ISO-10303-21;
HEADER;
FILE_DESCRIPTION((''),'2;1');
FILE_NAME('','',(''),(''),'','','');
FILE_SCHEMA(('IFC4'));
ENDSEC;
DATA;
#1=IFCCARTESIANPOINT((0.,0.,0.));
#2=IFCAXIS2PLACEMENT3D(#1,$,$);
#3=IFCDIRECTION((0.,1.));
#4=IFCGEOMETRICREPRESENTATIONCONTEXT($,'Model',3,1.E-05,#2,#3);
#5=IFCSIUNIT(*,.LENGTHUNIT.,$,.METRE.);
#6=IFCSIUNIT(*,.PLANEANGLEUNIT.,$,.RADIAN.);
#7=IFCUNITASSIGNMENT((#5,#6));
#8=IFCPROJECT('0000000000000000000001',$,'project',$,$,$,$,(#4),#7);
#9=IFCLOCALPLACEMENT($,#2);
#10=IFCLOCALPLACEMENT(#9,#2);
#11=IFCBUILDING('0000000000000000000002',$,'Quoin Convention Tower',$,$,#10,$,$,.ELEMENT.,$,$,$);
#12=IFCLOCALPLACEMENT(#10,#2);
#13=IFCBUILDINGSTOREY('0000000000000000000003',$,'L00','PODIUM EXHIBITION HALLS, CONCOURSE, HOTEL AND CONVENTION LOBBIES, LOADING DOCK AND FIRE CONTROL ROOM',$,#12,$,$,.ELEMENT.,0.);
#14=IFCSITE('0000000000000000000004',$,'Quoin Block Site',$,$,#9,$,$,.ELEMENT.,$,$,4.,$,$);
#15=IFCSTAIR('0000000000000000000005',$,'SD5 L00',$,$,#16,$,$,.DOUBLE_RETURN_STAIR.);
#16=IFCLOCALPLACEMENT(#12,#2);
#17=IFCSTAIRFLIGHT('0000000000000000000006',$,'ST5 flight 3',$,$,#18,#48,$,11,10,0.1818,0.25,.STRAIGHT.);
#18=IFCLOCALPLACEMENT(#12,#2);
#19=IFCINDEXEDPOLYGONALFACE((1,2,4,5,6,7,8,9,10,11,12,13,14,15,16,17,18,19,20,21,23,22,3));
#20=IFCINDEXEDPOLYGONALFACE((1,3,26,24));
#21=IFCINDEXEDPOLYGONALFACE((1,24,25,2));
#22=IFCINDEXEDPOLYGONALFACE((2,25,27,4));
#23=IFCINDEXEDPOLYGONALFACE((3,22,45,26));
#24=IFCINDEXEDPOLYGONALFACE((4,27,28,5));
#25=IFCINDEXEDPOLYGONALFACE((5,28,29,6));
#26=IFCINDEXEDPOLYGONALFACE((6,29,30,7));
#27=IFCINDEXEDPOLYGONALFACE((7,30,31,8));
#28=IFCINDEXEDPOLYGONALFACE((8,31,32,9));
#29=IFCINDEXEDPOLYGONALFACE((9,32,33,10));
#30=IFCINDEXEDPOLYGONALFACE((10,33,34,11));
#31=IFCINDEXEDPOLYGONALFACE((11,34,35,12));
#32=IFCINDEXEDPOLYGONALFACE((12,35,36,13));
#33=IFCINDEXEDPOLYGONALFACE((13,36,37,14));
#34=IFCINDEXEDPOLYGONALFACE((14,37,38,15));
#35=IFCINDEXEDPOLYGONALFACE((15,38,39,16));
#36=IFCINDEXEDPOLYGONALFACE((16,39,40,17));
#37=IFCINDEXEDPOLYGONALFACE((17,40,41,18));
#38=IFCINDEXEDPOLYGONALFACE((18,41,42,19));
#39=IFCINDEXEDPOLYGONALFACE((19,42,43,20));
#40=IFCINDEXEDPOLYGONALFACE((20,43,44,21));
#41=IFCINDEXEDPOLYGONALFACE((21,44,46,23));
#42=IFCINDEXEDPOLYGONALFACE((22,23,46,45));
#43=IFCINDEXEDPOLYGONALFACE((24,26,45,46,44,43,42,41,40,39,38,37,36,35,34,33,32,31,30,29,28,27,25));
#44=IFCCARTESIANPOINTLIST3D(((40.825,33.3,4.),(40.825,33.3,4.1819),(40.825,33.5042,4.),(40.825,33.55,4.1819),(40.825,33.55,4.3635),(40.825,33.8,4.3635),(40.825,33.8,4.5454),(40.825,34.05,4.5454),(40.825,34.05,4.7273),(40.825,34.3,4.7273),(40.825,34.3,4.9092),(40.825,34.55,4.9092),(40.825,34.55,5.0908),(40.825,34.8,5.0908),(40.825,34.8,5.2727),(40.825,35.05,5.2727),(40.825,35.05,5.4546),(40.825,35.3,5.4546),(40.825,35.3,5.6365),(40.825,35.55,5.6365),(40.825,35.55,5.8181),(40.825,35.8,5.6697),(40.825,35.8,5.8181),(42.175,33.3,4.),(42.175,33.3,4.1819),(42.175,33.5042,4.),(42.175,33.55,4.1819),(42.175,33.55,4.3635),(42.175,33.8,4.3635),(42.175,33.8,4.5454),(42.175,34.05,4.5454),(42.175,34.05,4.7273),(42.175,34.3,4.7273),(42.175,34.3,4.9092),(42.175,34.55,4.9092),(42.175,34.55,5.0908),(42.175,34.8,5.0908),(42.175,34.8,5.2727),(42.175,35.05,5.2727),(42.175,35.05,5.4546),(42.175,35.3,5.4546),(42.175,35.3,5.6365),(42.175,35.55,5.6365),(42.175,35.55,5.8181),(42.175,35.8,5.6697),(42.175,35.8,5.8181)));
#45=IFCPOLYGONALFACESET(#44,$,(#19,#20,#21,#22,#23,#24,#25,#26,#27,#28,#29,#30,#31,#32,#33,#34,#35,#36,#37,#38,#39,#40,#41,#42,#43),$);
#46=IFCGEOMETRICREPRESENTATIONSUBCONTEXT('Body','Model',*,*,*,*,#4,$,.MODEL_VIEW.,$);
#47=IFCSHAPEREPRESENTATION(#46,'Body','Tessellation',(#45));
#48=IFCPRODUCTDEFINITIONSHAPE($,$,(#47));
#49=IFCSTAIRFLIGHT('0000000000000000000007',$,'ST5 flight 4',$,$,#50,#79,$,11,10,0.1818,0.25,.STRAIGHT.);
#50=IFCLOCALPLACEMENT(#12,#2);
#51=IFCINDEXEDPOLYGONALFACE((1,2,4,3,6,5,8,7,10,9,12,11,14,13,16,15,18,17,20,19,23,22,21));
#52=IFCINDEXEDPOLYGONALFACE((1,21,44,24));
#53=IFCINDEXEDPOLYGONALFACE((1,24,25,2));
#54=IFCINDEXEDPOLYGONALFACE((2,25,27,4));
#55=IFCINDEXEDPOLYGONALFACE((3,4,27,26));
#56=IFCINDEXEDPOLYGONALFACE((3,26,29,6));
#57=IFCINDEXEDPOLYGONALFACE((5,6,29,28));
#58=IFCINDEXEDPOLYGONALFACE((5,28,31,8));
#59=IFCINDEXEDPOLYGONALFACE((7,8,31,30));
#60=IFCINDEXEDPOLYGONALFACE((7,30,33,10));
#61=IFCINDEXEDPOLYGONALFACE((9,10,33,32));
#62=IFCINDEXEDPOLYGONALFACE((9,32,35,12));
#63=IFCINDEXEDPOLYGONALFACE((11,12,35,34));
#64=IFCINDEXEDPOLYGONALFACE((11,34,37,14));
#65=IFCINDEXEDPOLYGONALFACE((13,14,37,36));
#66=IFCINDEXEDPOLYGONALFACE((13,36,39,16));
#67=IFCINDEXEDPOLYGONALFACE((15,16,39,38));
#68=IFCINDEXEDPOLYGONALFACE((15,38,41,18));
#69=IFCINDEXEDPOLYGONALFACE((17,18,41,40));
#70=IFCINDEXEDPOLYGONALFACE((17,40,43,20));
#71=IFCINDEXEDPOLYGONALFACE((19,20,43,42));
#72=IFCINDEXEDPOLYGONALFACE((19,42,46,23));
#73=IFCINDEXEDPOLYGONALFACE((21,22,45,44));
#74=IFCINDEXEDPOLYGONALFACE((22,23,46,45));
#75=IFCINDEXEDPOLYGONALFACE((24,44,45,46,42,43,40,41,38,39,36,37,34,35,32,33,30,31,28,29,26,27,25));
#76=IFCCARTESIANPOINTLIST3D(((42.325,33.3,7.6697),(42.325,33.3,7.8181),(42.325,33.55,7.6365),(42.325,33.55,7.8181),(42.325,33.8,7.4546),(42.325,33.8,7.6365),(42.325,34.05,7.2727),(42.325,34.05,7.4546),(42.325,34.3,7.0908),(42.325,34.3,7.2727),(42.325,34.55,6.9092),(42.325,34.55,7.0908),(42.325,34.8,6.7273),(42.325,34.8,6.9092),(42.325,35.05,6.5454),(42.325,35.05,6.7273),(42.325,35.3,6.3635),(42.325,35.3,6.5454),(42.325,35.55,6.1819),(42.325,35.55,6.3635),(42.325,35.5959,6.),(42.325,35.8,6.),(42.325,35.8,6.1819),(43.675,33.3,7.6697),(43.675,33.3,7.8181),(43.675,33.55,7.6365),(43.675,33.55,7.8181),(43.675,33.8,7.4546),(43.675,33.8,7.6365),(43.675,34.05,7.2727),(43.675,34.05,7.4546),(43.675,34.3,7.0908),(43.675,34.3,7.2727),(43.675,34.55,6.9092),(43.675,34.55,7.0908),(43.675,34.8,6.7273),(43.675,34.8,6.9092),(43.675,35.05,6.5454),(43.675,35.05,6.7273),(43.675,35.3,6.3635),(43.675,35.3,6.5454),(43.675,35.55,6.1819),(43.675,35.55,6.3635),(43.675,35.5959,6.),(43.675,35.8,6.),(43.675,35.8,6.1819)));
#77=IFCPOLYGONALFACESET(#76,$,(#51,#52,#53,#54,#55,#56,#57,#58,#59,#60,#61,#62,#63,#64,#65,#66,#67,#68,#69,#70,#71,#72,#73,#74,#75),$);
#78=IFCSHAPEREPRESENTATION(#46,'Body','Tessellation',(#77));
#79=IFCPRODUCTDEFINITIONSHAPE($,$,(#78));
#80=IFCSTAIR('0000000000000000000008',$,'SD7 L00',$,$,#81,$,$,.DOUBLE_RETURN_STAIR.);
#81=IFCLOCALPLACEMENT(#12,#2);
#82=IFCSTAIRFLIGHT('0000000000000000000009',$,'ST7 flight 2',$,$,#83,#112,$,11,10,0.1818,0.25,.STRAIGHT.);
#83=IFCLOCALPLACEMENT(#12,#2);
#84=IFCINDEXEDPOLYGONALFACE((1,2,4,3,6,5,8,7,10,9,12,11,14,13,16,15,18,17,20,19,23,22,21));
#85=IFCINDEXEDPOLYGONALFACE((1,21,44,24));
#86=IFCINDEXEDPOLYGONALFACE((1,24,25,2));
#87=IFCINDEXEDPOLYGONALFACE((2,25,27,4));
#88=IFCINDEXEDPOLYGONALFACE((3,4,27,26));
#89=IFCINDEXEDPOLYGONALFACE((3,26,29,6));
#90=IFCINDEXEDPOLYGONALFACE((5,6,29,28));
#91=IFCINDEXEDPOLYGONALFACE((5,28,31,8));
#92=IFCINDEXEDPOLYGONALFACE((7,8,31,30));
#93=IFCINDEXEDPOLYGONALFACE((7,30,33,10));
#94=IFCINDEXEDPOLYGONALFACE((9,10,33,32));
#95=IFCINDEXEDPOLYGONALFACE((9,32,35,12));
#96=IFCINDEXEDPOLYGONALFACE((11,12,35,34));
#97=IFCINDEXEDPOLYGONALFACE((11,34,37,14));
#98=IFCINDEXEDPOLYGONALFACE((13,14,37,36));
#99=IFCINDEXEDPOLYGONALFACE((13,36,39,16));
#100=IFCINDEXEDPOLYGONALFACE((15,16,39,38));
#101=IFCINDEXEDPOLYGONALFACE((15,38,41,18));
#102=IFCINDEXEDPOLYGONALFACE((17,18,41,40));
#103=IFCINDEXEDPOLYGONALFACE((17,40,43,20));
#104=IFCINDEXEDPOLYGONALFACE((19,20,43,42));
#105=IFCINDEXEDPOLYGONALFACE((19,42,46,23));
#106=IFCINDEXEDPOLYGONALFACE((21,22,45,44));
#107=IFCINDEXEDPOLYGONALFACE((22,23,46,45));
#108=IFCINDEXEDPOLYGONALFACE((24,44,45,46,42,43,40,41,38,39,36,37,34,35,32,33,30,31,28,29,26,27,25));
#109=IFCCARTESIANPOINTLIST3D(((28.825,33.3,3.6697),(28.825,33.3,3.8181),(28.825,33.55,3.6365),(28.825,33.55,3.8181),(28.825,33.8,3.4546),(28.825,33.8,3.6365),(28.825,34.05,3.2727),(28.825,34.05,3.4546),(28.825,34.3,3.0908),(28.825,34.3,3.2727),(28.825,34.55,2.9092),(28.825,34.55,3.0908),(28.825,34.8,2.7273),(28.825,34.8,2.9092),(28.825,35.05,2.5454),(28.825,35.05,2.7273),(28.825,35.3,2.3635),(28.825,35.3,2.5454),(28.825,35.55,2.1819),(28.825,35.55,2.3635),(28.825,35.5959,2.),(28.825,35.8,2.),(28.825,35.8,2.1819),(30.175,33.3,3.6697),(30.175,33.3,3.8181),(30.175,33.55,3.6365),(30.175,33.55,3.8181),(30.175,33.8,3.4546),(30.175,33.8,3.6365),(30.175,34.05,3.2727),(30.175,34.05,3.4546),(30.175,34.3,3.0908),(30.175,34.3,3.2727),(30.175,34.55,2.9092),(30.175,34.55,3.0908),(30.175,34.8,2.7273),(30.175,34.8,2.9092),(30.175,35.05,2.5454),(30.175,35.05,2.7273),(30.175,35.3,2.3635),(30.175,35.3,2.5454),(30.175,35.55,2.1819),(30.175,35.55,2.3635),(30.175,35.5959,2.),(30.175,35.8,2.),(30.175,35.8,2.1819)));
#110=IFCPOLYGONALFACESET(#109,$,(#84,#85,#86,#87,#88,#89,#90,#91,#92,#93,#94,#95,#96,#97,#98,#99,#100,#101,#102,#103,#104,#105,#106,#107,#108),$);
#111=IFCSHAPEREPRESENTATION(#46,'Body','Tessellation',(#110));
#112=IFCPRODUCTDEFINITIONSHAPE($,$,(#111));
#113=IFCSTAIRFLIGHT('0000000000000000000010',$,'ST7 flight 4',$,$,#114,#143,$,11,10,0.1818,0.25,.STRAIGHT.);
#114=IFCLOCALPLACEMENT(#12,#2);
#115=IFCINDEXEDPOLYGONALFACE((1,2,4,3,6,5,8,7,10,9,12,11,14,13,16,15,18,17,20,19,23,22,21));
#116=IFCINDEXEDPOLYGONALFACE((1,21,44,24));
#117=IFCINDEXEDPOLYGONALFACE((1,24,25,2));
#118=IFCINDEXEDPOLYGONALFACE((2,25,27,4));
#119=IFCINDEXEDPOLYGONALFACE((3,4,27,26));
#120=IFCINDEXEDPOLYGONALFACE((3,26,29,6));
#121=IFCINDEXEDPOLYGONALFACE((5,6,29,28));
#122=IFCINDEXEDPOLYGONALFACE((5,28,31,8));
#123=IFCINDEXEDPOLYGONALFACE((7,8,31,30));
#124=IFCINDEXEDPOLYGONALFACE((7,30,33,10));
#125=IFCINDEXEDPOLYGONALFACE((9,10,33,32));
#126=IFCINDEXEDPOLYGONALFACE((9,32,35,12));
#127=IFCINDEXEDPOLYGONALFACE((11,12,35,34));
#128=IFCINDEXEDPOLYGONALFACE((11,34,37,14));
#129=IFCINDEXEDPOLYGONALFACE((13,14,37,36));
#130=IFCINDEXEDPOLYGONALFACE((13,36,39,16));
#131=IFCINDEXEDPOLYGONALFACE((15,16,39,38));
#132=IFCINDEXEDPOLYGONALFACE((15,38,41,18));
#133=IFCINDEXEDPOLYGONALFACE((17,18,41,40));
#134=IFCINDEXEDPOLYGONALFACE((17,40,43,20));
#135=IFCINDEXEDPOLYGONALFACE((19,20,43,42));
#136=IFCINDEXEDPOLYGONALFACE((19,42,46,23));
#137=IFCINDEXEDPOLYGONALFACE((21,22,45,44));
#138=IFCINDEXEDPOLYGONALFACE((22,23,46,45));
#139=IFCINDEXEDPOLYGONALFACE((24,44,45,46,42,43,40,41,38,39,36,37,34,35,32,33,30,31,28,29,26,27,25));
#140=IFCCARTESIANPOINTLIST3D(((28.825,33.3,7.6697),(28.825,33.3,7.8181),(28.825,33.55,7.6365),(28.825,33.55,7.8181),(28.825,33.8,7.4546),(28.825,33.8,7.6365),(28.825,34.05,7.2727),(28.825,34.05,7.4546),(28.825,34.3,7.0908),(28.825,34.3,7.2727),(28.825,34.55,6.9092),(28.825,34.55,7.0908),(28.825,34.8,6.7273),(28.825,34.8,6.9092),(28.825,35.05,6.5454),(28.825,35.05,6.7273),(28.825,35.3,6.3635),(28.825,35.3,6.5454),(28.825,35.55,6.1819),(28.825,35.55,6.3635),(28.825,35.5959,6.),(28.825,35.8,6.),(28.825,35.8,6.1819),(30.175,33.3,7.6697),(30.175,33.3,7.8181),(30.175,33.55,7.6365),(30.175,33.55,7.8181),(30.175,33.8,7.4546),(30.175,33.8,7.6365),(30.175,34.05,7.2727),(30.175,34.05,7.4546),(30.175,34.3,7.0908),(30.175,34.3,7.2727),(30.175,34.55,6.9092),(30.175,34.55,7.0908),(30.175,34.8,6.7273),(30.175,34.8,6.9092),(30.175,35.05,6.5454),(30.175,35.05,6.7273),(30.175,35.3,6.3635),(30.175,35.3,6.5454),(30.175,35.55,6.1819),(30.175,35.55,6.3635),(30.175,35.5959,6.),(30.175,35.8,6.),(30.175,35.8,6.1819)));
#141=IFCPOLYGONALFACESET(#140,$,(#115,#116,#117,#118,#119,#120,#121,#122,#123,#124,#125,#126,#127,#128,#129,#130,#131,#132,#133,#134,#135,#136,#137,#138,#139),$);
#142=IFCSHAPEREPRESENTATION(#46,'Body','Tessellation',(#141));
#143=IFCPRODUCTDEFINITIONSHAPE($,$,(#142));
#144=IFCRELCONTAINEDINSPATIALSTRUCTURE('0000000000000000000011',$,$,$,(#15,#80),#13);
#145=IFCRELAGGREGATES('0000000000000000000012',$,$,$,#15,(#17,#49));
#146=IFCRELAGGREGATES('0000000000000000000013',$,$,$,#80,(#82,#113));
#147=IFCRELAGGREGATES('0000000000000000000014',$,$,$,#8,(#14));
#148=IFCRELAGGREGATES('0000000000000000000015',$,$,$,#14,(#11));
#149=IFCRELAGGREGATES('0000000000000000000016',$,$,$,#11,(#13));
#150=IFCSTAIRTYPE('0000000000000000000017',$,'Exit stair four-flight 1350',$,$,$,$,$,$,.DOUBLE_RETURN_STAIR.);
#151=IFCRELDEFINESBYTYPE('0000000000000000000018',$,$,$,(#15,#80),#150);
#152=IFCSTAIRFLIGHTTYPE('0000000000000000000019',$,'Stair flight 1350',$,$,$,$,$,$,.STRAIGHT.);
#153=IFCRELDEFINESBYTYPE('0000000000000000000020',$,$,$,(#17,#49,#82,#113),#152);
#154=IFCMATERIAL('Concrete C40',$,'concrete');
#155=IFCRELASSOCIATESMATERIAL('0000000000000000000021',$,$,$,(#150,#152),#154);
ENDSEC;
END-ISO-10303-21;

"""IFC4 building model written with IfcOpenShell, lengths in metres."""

from ifc_helpers import new_model, si_unit, direction, frame, origin, place, context, subcontext, project, spatial, polyline, outline, extrude, material, type_object, element, aggregate, save


model = new_model("IFC4")

# Units and contexts
model_context = context("Model", 3, precision=1e-05, world=origin(), true_north=direction((0.0, 1.0)))
body_context = subcontext(model_context, "Body", "Model", "MODEL_VIEW")
ifc_project = project(units=[si_unit("LENGTHUNIT", "METRE"), si_unit("PLANEANGLEUNIT", "RADIAN")], contexts=[model_context])

# Site, building, storey
site_placement = place(None, origin())
site = spatial("IfcSite", under=ifc_project, at=site_placement, Name="Quoin Block Site", CompositionType="ELEMENT", RefElevation=4.0)
building_placement = place(site_placement, origin())
building = spatial("IfcBuilding", under=site, at=building_placement, Name="Quoin Convention Tower", CompositionType="ELEMENT")
storey_placement = place(building_placement, origin())
storey = spatial("IfcBuildingStorey", under=building, at=storey_placement, Name="L00", Description="PODIUM EXHIBITION HALLS, CONCOURSE, HOTEL AND CONVENTION LOBBIES, LOADING DOCK AND FIRE CONTROL ROOM", CompositionType="ELEMENT", Elevation=0.0)

# Stairs, stair flights
ifc_material_1 = material(Name="Concrete C40", Category="concrete")
stair_type = type_object("IfcStairType", Name="Exit stair four-flight 1350", PredefinedType="DOUBLE_RETURN_STAIR", material=ifc_material_1)
stair_1_placement = place(storey_placement, origin())
stair_1 = element("IfcStair", 1, at=stair_1_placement, inside=storey, type_object=stair_type, Name="SD5 L00", PredefinedType="DOUBLE_RETURN_STAIR")
stair_flight_type = type_object("IfcStairFlightType", Name="Stair flight 1350", PredefinedType="STRAIGHT", material=ifc_material_1)
stair_flight_1_placement = place(storey_placement, frame((41.5, 33.3, 4.0), z_axis=(0.0, 0.0, 1.0), x_axis=(0.0, 1.0, 0.0)))
stair_flight_1 = element("IfcStairFlight", 2, at=stair_flight_1_placement, type_object=stair_flight_type, Name="ST5 flight 3", NumberOfRisers=11, NumberOfTreads=10, PredefinedType="STRAIGHT", RiserHeight=0.1818, TreadLength=0.25, context=body_context, shape_type="SweptSolid", body=[
    extrude(outline(polyline([(0.0, 0.0), (0.0, 0.1819), (0.25, 0.1819), (0.25, 0.3635), (0.5, 0.3635), (0.5, 0.5454), (0.75, 0.5454), (0.75, 0.7273), (1.0, 0.7273), (1.0, 0.9092), (1.25, 0.9092), (1.25, 1.0908), (1.5, 1.0908), (1.5, 1.2727), (1.75, 1.2727), (1.75, 1.4546), (2.0, 1.4546), (2.0, 1.6365), (2.25, 1.6365), (2.25, 1.8181), (2.5, 1.8181), (2.5, 2.0), (2.5, 1.6697), (0.2041, 0.0), (0.0, 0.0)])), frame((0.0, 0.675, 0.0), z_axis=(0.0, -1.0, 0.0), x_axis=(1.0, 0.0, 0.0)), (0.0, 0.0, 1.0), 1.3501),
])
stair_flight_2_placement = place(storey_placement, frame((43.0, 35.8, 6.0), z_axis=(0.0, 0.0, 1.0), x_axis=(0.0, -1.0, 0.0)))
stair_flight_2 = element("IfcStairFlight", 3, at=stair_flight_2_placement, type_object=stair_flight_type, Name="ST5 flight 4", NumberOfRisers=11, NumberOfTreads=10, PredefinedType="STRAIGHT", RiserHeight=0.1818, TreadLength=0.25, context=body_context, shape_type="SweptSolid", body=[
    extrude(outline(polyline([(0.0, 0.0), (0.0, 0.1819), (0.25, 0.1819), (0.25, 0.3635), (0.5, 0.3635), (0.5, 0.5454), (0.75, 0.5454), (0.75, 0.7273), (1.0, 0.7273), (1.0, 0.9092), (1.25, 0.9092), (1.25, 1.0908), (1.5, 1.0908), (1.5, 1.2727), (1.75, 1.2727), (1.75, 1.4546), (2.0, 1.4546), (2.0, 1.6365), (2.25, 1.6365), (2.25, 1.8181), (2.5, 1.8181), (2.5, 2.0), (2.5, 1.6697), (0.2041, 0.0), (0.0, 0.0)])), frame((0.0, 0.675, 0.0), z_axis=(0.0, -1.0, 0.0), x_axis=(1.0, 0.0, 0.0)), (0.0, 0.0, 1.0), 1.3501),
])
aggregate(stair_1, [stair_flight_1, stair_flight_2])
stair_2_placement = place(storey_placement, origin())
stair_2 = element("IfcStair", 4, at=stair_2_placement, inside=storey, type_object=stair_type, Name="SD7 L00", PredefinedType="DOUBLE_RETURN_STAIR")
stair_flight_3_placement = place(storey_placement, frame((29.5, 35.8, 2.0), z_axis=(0.0, 0.0, 1.0), x_axis=(0.0, -1.0, 0.0)))
stair_flight_3 = element("IfcStairFlight", 5, at=stair_flight_3_placement, type_object=stair_flight_type, Name="ST7 flight 2", NumberOfRisers=11, NumberOfTreads=10, PredefinedType="STRAIGHT", RiserHeight=0.1818, TreadLength=0.25, context=body_context, shape_type="SweptSolid", body=[
    extrude(outline(polyline([(0.0, 0.0), (0.0, 0.1819), (0.25, 0.1819), (0.25, 0.3635), (0.5, 0.3635), (0.5, 0.5454), (0.75, 0.5454), (0.75, 0.7273), (1.0, 0.7273), (1.0, 0.9092), (1.25, 0.9092), (1.25, 1.0908), (1.5, 1.0908), (1.5, 1.2727), (1.75, 1.2727), (1.75, 1.4546), (2.0, 1.4546), (2.0, 1.6365), (2.25, 1.6365), (2.25, 1.8181), (2.5, 1.8181), (2.5, 2.0), (2.5, 1.6697), (0.2041, 0.0), (0.0, 0.0)])), frame((0.0, 0.675, 0.0), z_axis=(0.0, -1.0, 0.0), x_axis=(1.0, 0.0, 0.0)), (0.0, 0.0, 1.0), 1.3501),
])
stair_flight_4_placement = place(storey_placement, frame((29.5, 35.8, 6.0), z_axis=(0.0, 0.0, 1.0), x_axis=(0.0, -1.0, 0.0)))
stair_flight_4 = element("IfcStairFlight", 6, at=stair_flight_4_placement, type_object=stair_flight_type, Name="ST7 flight 4", NumberOfRisers=11, NumberOfTreads=10, PredefinedType="STRAIGHT", RiserHeight=0.1818, TreadLength=0.25, context=body_context, shape_type="SweptSolid", body=[
    extrude(outline(polyline([(0.0, 0.0), (0.0, 0.1819), (0.25, 0.1819), (0.25, 0.3635), (0.5, 0.3635), (0.5, 0.5454), (0.75, 0.5454), (0.75, 0.7273), (1.0, 0.7273), (1.0, 0.9092), (1.25, 0.9092), (1.25, 1.0908), (1.5, 1.0908), (1.5, 1.2727), (1.75, 1.2727), (1.75, 1.4546), (2.0, 1.4546), (2.0, 1.6365), (2.25, 1.6365), (2.25, 1.8181), (2.5, 1.8181), (2.5, 2.0), (2.5, 1.6697), (0.2041, 0.0), (0.0, 0.0)])), frame((0.0, 0.675, 0.0), z_axis=(0.0, -1.0, 0.0), x_axis=(1.0, 0.0, 0.0)), (0.0, 0.0, 1.0), 1.3501),
])
aggregate(stair_2, [stair_flight_3, stair_flight_4])

save(model, "model.ifc")
